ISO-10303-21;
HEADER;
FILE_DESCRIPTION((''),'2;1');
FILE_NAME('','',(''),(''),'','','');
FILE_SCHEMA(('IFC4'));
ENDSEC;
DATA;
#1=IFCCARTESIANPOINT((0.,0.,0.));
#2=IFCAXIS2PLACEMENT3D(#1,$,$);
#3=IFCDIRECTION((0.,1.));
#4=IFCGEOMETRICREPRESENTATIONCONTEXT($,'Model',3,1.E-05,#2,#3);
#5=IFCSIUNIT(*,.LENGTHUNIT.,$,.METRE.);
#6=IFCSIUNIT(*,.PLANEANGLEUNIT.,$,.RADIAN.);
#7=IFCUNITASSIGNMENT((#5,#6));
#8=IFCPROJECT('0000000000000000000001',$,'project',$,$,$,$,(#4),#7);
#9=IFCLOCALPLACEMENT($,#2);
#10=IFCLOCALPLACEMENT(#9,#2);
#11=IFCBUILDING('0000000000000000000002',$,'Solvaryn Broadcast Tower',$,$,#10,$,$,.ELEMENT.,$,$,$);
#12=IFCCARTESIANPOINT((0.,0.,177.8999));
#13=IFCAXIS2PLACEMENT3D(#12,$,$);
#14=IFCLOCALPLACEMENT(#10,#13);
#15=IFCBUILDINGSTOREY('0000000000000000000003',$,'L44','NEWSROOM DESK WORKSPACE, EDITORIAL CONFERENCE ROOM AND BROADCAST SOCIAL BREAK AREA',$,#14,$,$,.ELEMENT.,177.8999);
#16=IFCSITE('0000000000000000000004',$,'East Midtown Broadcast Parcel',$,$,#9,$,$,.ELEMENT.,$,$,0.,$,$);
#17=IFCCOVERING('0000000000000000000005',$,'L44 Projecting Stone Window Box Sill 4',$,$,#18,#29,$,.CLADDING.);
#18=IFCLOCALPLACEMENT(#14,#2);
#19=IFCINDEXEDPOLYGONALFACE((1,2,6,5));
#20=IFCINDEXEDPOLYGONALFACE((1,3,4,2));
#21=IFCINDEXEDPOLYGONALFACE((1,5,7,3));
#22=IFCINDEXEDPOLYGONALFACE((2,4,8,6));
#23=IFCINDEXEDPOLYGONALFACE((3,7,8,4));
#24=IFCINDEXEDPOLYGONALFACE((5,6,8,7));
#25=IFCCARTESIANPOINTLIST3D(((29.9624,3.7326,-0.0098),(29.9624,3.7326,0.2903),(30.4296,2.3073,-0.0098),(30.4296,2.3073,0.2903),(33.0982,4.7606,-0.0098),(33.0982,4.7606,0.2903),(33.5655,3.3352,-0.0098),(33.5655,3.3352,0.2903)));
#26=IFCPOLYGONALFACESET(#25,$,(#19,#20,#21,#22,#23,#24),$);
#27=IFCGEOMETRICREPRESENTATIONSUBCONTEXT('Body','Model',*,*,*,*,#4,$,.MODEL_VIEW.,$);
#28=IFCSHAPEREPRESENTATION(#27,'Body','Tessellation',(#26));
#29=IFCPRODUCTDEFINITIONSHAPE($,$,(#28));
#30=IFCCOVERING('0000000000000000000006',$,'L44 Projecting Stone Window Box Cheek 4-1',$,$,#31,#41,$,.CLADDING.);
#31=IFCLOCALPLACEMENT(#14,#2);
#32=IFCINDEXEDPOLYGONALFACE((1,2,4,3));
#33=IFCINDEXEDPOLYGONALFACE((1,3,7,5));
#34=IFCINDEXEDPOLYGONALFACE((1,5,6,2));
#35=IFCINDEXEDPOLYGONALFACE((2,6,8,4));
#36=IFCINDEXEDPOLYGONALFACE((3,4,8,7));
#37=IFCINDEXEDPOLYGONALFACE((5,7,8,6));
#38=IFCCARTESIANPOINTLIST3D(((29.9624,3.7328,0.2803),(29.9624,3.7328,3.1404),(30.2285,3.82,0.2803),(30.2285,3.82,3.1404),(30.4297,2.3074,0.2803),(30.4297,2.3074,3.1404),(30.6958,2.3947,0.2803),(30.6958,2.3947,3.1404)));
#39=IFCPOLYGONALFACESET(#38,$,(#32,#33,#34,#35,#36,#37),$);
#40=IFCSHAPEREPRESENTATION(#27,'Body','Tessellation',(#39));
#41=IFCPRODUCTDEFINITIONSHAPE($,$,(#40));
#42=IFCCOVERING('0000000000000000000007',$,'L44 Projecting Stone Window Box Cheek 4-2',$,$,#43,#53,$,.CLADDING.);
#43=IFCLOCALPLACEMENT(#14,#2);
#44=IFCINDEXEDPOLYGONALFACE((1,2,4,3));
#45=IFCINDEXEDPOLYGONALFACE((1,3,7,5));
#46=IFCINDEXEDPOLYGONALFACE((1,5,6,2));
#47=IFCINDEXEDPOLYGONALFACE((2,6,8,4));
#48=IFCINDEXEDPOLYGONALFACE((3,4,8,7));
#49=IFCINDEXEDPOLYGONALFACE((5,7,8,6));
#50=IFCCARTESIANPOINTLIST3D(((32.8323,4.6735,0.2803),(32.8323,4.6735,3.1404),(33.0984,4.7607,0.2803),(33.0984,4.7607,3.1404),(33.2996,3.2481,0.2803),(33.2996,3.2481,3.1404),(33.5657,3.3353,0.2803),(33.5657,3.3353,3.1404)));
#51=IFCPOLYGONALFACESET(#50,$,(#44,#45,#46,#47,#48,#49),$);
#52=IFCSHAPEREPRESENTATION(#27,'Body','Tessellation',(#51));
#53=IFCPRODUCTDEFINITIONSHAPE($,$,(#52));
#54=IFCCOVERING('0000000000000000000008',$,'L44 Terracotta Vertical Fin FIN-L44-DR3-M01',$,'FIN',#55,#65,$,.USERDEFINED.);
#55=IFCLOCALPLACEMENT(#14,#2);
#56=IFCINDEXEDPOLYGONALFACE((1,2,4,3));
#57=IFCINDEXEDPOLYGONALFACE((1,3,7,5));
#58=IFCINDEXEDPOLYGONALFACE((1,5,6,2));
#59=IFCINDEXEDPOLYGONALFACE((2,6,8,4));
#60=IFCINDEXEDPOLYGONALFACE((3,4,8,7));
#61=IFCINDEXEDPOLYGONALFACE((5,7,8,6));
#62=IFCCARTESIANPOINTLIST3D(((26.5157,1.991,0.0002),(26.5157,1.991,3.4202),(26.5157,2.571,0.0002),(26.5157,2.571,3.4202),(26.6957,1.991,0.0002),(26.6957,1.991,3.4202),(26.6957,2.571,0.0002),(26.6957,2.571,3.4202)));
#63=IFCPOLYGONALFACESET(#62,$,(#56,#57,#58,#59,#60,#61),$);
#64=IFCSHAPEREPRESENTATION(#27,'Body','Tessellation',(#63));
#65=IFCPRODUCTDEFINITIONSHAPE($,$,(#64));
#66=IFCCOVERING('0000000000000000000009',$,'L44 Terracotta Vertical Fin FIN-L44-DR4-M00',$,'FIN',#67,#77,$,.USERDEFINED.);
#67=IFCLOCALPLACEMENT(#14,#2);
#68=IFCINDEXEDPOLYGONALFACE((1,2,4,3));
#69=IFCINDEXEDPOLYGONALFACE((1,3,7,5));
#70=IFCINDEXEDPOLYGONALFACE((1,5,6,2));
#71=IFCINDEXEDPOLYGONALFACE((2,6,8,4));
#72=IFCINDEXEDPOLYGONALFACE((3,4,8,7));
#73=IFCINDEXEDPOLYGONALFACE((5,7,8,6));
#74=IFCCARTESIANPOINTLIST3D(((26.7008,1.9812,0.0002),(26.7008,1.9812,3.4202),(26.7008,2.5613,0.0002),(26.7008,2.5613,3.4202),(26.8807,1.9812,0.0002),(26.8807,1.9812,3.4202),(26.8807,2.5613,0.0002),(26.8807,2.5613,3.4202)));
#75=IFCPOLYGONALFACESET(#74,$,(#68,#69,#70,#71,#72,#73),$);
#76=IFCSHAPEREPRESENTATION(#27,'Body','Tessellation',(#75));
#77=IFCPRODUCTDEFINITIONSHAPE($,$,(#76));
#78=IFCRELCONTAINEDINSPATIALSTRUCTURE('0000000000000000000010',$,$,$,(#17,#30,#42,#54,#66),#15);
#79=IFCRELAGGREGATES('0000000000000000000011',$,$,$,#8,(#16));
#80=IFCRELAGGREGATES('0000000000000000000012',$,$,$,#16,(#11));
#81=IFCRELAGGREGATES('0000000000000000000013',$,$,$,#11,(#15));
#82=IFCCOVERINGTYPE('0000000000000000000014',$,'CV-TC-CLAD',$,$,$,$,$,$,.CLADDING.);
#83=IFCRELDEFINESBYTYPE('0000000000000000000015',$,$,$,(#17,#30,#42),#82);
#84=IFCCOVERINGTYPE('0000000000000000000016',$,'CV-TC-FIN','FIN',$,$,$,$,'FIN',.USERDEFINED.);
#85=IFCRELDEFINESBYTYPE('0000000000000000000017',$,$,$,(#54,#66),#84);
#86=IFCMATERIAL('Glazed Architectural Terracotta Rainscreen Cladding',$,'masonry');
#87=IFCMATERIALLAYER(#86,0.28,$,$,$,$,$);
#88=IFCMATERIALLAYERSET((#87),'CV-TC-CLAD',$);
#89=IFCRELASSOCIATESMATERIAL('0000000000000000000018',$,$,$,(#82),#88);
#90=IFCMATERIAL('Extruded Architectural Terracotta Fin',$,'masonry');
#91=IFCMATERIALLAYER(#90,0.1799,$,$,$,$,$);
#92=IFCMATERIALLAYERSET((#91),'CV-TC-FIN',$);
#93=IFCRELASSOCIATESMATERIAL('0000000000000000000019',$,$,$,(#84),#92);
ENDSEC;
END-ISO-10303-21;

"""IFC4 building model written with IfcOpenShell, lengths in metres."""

from ifc_helpers import new_model, si_unit, direction, frame, origin, origin_2d, place, context, subcontext, project, spatial, rectangle, extrude, material, layer, layer_set, type_object, element, save


model = new_model("IFC4")

# Units and contexts
model_context = context("Model", 3, precision=1e-05, world=origin(), true_north=direction((0.0, 1.0)))
body_context = subcontext(model_context, "Body", "Model", "MODEL_VIEW")
ifc_project = project(units=[si_unit("LENGTHUNIT", "METRE"), si_unit("PLANEANGLEUNIT", "RADIAN")], contexts=[model_context])

# Site, building, storey
site_placement = place(None, origin())
site = spatial("IfcSite", under=ifc_project, at=site_placement, Name="East Midtown Broadcast Parcel", CompositionType="ELEMENT", RefElevation=0.0)
building_placement = place(site_placement, origin())
building = spatial("IfcBuilding", under=site, at=building_placement, Name="Solvaryn Broadcast Tower", CompositionType="ELEMENT")
storey_placement = place(building_placement, frame((0.0, 0.0, 177.8999)))
storey = spatial("IfcBuildingStorey", under=building, at=storey_placement, Name="L44", Description="NEWSROOM DESK WORKSPACE, EDITORIAL CONFERENCE ROOM AND BROADCAST SOCIAL BREAK AREA", CompositionType="ELEMENT", Elevation=177.8999)

# Coverings
ifc_material_1 = material(Name="Glazed Architectural Terracotta Rainscreen Cladding", Category="masonry")
ifc_layer_1 = layer(ifc_material_1, 0.28)
ifc_layer_set_1 = layer_set([ifc_layer_1], Name="CV-TC-CLAD")
covering_type_1 = type_object("IfcCoveringType", Name="CV-TC-CLAD", PredefinedType="CLADDING", material=ifc_layer_set_1)
for number, where, z_axis, x_axis, name in (
    (1, (31.7639, 3.5339, -0.0098), (0.0, 0.0, 1.0), (0.950244, 0.311506, 0.0), "L44 Projecting Stone Window Box Sill 4"),
):
    element("IfcCovering", number, at=place(storey_placement, frame(where, z_axis=z_axis, x_axis=x_axis)), inside=storey, type_object=covering_type_1, Name=name, PredefinedType="CLADDING", context=body_context, shape_type="SweptSolid", body=[
        extrude(rectangle(XDim=3.3, YDim=1.5, at=origin_2d()), origin(), (0.0, 0.0, 1.0), 0.3),
    ])
for number, where, z_axis, x_axis, name in (
    (2, (30.3291, 3.0637, 0.2803), (0.0, 0.0, 1.0), (0.950244, 0.311506, 0.0), "L44 Projecting Stone Window Box Cheek 4-1"),
    (3, (33.199, 4.0044, 0.2803), (0.0, 0.0, 1.0), (0.950244, 0.311506, 0.0), "L44 Projecting Stone Window Box Cheek 4-2"),
):
    element("IfcCovering", number, at=place(storey_placement, frame(where, z_axis=z_axis, x_axis=x_axis)), inside=storey, type_object=covering_type_1, Name=name, PredefinedType="CLADDING", context=body_context, shape_type="SweptSolid", body=[
        extrude(rectangle(XDim=0.28, YDim=1.5, at=origin_2d()), origin(), (0.0, 0.0, 1.0), 2.8601),
    ])
ifc_material_2 = material(Name="Extruded Architectural Terracotta Fin", Category="masonry")
ifc_layer_2 = layer(ifc_material_2, 0.1799)
ifc_layer_set_2 = layer_set([ifc_layer_2], Name="CV-TC-FIN")
covering_type_2 = type_object("IfcCoveringType", Name="CV-TC-FIN", Description="FIN", ElementType="FIN", PredefinedType="USERDEFINED", material=ifc_layer_set_2)
for number, where, z_axis, x_axis, name in (
    (4, (26.6057, 2.281, 0.0002), (0.0, 0.0, 1.0), (1.0, 0.0, 0.0), "L44 Terracotta Vertical Fin FIN-L44-DR3-M01"),
    (5, (26.7908, 2.2712, 0.0002), (0.0, 0.0, 1.0), (1.0, 0.0, 0.0), "L44 Terracotta Vertical Fin FIN-L44-DR4-M00"),
):
    element("IfcCovering", number, at=place(storey_placement, frame(where, z_axis=z_axis, x_axis=x_axis)), inside=storey, type_object=covering_type_2, Name=name, ObjectType="FIN", PredefinedType="USERDEFINED", context=body_context, shape_type="SweptSolid", body=[
        extrude(rectangle(XDim=0.1799, YDim=0.5801, at=origin_2d()), origin(), (0.0, 0.0, 1.0), 3.4199),
    ])

save(model, "model.ifc")
